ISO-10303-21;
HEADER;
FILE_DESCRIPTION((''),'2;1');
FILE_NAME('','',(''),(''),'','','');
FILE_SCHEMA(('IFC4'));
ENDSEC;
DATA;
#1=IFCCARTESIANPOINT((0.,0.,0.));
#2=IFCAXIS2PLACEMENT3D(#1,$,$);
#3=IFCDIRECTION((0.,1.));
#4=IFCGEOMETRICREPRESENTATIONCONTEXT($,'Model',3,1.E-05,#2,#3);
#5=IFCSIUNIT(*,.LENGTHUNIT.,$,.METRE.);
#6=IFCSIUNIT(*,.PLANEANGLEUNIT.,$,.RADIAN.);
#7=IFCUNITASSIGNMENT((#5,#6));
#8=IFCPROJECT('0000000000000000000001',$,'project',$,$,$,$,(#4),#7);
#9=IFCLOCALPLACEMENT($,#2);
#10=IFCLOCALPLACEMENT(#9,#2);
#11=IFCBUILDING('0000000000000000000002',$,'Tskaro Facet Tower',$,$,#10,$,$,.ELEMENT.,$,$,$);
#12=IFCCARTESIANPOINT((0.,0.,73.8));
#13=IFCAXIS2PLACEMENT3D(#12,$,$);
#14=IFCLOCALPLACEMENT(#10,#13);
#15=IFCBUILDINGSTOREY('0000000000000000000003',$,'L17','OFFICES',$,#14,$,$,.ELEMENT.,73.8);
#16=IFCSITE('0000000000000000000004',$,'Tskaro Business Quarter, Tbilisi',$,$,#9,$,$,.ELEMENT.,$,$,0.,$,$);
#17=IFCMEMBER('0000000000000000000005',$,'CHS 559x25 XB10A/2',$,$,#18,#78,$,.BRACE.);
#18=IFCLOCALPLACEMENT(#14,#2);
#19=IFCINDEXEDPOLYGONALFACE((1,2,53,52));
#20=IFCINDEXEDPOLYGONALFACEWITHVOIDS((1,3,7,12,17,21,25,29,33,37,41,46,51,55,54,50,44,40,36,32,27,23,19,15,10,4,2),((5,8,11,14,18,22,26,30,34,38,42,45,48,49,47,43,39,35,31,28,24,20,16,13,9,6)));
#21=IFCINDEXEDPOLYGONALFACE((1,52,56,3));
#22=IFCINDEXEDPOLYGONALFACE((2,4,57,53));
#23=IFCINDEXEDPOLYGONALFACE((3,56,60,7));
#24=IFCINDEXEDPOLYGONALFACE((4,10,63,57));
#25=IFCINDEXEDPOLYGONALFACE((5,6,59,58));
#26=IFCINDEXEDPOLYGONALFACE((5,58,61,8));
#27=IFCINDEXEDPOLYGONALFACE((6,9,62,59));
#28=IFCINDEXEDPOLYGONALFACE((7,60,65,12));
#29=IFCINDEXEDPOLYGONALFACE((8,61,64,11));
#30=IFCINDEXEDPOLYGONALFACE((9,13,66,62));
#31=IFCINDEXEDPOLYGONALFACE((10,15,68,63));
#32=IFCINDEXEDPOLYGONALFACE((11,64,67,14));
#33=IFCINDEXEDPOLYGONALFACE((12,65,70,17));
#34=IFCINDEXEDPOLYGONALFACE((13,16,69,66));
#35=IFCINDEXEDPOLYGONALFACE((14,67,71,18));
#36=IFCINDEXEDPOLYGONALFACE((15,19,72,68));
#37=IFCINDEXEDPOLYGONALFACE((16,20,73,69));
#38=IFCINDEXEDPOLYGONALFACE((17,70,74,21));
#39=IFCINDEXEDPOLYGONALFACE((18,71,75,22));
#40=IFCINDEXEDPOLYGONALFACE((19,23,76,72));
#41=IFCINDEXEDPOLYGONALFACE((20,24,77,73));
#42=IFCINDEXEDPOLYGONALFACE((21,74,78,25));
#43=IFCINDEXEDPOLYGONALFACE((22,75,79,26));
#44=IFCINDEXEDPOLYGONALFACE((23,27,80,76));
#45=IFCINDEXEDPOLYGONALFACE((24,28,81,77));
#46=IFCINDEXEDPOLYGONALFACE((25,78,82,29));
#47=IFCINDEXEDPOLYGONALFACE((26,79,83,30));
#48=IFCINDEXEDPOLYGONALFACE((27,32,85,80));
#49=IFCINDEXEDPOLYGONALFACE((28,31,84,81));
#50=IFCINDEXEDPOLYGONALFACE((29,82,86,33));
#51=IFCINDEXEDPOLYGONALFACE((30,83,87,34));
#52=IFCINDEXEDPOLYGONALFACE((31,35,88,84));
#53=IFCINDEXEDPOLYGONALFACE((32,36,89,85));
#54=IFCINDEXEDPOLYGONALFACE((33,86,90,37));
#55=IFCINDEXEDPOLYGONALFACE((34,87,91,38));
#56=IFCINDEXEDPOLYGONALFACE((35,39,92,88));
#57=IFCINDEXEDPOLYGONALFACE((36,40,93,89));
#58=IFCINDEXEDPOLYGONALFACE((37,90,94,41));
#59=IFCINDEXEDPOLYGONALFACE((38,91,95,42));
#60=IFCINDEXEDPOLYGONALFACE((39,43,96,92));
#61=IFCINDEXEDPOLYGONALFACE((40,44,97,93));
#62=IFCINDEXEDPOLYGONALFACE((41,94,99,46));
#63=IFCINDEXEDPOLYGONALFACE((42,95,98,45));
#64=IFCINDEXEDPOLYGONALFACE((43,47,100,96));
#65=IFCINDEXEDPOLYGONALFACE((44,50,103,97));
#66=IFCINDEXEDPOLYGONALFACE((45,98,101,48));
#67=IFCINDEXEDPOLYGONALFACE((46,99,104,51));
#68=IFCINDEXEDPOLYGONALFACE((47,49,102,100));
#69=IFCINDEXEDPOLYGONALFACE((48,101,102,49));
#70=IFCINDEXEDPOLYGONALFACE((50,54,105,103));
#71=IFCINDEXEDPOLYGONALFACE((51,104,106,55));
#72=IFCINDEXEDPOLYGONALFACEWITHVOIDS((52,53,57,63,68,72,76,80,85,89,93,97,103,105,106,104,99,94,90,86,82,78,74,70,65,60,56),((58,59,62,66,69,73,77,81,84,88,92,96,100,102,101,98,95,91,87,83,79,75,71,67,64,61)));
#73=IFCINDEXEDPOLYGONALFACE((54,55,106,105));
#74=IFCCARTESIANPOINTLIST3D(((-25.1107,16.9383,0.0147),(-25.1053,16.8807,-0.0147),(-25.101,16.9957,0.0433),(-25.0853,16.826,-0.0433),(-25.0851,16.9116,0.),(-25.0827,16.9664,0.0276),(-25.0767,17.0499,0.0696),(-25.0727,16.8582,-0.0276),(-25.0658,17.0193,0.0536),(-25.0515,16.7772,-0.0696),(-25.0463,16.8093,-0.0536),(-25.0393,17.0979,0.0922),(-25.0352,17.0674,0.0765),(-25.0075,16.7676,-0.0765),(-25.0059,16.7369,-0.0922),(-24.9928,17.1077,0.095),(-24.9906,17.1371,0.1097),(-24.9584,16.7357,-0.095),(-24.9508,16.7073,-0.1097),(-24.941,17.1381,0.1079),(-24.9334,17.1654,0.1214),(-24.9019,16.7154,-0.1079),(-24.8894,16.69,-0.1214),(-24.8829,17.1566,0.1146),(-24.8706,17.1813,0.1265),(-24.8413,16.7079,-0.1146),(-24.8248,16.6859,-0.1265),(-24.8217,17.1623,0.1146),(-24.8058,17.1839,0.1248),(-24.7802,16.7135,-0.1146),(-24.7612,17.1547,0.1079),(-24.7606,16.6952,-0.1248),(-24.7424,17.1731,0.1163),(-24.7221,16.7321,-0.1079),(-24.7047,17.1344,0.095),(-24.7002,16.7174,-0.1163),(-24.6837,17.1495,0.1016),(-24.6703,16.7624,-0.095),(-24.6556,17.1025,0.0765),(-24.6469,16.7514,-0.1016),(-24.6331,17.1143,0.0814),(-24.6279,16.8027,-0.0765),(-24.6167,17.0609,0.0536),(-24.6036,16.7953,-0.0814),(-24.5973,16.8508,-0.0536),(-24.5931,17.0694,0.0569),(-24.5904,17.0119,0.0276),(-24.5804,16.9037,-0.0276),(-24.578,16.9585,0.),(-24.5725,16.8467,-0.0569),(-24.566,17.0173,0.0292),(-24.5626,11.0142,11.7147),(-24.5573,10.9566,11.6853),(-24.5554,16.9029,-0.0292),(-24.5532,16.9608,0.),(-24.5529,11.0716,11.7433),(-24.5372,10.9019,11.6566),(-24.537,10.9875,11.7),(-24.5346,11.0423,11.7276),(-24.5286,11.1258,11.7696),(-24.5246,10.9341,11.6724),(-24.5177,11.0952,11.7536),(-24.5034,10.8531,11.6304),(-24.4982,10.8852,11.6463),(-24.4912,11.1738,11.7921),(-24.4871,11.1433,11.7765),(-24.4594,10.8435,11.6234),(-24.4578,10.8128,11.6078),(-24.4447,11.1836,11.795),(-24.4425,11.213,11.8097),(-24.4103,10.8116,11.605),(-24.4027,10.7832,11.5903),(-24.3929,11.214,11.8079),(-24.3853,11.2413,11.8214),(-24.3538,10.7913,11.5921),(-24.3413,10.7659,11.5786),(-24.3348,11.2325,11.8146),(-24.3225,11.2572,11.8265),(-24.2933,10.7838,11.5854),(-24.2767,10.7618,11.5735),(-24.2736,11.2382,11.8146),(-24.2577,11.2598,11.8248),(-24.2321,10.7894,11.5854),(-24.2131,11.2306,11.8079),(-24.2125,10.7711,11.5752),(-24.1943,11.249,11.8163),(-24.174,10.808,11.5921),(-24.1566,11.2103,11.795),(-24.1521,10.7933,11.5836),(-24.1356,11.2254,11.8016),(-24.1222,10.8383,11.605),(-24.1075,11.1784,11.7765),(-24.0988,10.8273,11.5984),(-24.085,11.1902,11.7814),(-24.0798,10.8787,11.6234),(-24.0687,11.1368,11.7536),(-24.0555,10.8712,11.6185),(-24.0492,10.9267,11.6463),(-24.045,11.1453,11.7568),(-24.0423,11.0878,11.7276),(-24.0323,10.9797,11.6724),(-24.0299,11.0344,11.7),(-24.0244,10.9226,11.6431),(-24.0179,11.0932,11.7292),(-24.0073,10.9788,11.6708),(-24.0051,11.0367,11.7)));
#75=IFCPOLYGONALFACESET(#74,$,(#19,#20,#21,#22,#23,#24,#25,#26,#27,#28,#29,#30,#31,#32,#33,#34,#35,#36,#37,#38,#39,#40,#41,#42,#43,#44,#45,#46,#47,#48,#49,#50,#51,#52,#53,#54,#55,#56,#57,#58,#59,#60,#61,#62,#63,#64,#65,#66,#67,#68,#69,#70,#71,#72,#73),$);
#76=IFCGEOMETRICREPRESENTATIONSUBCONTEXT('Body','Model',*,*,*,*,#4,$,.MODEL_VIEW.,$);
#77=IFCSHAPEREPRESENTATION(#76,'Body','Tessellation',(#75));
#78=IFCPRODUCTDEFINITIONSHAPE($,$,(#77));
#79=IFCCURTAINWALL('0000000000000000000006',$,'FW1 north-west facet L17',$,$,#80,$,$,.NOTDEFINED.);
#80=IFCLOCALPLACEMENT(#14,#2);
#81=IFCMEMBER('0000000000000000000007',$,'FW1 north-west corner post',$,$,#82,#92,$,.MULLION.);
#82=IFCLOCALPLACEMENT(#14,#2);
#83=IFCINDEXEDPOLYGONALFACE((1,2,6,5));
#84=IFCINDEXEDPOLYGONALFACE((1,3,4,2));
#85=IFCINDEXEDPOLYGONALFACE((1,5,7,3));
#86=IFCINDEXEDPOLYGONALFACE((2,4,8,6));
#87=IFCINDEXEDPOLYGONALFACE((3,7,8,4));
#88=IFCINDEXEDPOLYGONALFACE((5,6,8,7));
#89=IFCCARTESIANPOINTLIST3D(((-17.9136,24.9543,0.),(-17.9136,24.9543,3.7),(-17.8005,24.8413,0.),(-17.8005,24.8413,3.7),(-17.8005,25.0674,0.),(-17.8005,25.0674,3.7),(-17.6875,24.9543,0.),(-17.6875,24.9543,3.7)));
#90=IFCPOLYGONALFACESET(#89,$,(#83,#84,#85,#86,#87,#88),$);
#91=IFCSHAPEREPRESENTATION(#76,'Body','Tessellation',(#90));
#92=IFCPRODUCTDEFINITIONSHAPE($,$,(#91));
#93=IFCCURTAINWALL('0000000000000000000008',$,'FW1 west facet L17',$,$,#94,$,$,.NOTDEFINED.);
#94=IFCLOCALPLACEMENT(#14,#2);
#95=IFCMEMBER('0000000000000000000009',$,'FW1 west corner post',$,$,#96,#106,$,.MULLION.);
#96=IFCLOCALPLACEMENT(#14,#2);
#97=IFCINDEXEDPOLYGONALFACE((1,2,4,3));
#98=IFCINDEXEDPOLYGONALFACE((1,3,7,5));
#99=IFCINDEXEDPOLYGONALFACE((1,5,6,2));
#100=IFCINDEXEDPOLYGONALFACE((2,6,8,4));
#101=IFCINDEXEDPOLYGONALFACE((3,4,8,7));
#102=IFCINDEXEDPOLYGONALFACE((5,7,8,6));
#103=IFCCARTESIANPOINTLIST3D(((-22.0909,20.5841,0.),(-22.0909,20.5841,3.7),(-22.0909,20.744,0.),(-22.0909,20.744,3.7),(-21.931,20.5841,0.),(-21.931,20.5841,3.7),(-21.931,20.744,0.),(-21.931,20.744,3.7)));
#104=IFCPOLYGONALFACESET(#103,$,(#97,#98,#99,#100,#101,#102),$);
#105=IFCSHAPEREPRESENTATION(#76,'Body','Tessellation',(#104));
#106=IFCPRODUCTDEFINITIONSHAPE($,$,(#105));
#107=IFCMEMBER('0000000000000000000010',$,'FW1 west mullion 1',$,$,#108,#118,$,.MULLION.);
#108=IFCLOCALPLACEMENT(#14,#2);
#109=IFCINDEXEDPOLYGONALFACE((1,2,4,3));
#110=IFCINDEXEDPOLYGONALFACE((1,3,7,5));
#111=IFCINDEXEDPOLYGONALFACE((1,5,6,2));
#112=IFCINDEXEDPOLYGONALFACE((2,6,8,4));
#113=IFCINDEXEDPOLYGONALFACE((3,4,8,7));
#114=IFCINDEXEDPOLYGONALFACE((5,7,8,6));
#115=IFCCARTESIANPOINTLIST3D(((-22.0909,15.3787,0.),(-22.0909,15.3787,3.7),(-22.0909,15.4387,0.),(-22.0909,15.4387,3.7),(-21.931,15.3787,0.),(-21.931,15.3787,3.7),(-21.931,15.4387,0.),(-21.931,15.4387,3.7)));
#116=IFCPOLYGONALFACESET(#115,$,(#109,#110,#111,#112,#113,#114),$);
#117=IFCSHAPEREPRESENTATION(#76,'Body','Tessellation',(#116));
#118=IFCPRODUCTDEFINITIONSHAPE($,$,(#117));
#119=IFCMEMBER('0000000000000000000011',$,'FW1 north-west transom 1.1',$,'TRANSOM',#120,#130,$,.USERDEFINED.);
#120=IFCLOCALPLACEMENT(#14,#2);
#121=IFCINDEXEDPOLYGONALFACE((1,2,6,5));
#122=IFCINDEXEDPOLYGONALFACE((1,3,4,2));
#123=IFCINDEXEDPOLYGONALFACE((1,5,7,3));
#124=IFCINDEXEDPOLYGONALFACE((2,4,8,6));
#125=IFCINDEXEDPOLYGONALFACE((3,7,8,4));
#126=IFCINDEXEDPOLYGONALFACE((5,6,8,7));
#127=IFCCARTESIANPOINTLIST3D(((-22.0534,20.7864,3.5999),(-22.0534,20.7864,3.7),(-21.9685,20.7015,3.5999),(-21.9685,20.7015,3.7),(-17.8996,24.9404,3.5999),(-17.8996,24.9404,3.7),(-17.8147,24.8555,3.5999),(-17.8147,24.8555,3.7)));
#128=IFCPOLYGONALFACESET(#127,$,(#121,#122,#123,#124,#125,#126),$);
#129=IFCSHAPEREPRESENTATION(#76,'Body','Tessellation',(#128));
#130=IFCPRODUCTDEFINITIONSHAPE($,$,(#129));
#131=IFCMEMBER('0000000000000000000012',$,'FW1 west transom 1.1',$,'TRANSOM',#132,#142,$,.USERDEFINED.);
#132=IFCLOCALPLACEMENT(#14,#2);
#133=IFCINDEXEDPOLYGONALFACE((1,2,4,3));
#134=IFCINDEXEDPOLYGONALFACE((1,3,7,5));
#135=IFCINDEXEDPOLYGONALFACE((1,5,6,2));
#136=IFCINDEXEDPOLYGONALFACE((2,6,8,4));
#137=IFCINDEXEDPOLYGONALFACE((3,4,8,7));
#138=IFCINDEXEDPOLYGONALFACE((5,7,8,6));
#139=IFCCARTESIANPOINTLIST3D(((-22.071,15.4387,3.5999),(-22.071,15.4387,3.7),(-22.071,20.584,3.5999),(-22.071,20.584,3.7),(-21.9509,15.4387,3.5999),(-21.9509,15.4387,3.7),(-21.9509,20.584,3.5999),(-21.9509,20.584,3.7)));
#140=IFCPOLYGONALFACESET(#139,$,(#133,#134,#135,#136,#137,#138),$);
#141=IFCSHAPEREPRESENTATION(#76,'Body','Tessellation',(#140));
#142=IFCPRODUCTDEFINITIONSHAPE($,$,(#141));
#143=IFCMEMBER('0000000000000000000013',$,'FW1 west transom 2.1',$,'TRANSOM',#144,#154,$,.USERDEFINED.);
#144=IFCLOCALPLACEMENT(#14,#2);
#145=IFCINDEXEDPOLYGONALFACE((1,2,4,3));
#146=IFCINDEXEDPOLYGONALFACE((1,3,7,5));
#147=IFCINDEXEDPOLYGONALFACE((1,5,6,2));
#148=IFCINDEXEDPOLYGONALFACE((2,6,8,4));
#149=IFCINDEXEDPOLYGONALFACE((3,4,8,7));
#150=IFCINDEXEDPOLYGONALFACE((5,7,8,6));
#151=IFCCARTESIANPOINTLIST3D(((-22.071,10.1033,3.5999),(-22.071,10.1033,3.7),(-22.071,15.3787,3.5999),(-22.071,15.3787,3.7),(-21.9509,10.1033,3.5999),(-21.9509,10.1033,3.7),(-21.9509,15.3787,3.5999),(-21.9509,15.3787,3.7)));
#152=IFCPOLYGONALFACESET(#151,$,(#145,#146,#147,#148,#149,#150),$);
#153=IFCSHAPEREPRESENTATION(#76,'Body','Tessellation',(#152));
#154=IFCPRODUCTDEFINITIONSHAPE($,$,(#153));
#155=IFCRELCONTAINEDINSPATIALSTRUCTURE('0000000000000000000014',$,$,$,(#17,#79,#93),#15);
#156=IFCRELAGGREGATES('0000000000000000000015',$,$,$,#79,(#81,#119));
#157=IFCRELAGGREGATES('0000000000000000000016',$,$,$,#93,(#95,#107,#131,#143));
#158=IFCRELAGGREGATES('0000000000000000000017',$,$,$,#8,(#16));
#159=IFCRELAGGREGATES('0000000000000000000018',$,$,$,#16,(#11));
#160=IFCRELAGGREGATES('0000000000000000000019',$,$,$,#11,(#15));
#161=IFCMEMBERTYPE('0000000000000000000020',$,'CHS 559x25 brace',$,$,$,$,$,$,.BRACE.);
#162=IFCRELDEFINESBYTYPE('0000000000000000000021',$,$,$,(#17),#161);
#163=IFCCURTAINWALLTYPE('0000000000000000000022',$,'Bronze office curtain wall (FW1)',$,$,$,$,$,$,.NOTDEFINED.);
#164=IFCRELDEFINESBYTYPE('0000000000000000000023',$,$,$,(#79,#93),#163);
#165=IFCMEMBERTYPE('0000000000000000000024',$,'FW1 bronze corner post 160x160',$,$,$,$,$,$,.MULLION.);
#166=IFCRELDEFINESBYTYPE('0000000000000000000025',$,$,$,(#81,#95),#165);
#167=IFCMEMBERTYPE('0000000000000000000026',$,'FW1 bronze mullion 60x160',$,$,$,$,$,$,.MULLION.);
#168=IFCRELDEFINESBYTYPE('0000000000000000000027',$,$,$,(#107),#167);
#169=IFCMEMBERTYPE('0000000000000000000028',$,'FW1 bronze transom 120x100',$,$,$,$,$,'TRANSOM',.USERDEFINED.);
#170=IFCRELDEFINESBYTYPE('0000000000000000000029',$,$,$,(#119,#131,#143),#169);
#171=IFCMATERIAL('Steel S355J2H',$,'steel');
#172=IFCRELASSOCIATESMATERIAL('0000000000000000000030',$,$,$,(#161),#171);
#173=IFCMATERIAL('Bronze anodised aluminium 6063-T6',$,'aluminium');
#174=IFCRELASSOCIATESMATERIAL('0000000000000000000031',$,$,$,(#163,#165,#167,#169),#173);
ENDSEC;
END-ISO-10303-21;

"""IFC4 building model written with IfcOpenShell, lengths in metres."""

from ifc_helpers import new_model, si_unit, direction, frame, origin, origin_2d, place, context, subcontext, project, spatial, rectangle, hollow_circle, extrude, material, material_profile, profile_set, type_object, element, aggregate, save


model = new_model("IFC4")

# Units and contexts
model_context = context("Model", 3, precision=1e-05, world=origin(), true_north=direction((0.0, 1.0)))
body_context = subcontext(model_context, "Body", "Model", "MODEL_VIEW")
ifc_project = project(units=[si_unit("LENGTHUNIT", "METRE"), si_unit("PLANEANGLEUNIT", "RADIAN")], contexts=[model_context])

# Site, building, storey
site_placement = place(None, origin())
site = spatial("IfcSite", under=ifc_project, at=site_placement, Name="Tskaro Business Quarter, Tbilisi", CompositionType="ELEMENT", RefElevation=0.0)
building_placement = place(site_placement, origin())
building = spatial("IfcBuilding", under=site, at=building_placement, Name="Tskaro Facet Tower", CompositionType="ELEMENT")
storey_placement = place(building_placement, frame((0.0, 0.0, 73.8)))
storey = spatial("IfcBuildingStorey", under=building, at=storey_placement, Name="L17", Description="OFFICES", CompositionType="ELEMENT", Elevation=73.8)

# Shared definitions
ifc_material_1 = material(Name="Steel S355J2H", Category="steel")

# Member
ifc_material_profile_1 = material_profile(ifc_material_1, hollow_circle(Radius=0.2795, WallThickness=0.0249, at=origin_2d()), Name="CHS 559x25")
ifc_profile_set_1 = profile_set([ifc_material_profile_1], Name="Steel S355J2H")
member_type_1 = type_object("IfcMemberType", Name="CHS 559x25 brace", PredefinedType="BRACE", material=ifc_profile_set_1)
member_1_placement = place(storey_placement, frame((-24.8315, 16.9351, 0.0), z_axis=(0.041757, -0.451334, 0.891378), x_axis=(0.995747, 0.092127, 0.0)))
element("IfcMember", 1, at=member_1_placement, inside=storey, type_object=member_type_1, Name="CHS 559x25 XB10A/2", PredefinedType="BRACE", context=body_context, shape_type="SweptSolid", body=[
    extrude(hollow_circle(Radius=0.2795, WallThickness=0.0249, at=origin_2d()), origin(), (0.0, 0.0, 1.0), 13.1257),
])

# Curtain wall, member
ifc_material_2 = material(Name="Bronze anodised aluminium 6063-T6", Category="aluminium")
curtain_wall_type = type_object("IfcCurtainWallType", Name="Bronze office curtain wall (FW1)", PredefinedType="NOTDEFINED", material=ifc_material_2)
curtain_wall_1_placement = place(storey_placement, origin())
curtain_wall_1 = element("IfcCurtainWall", 2, at=curtain_wall_1_placement, inside=storey, type_object=curtain_wall_type, Name="FW1 north-west facet L17", PredefinedType="NOTDEFINED")
ifc_material_profile_2 = material_profile(ifc_material_2, rectangle(XDim=0.1599, YDim=0.1599, at=origin_2d()), Name="Corner post 160x160")
ifc_profile_set_2 = profile_set([ifc_material_profile_2], Name="Bronze anodised aluminium 6063-T6")
member_type_2 = type_object("IfcMemberType", Name="FW1 bronze corner post 160x160", PredefinedType="MULLION", material=ifc_profile_set_2)
member_2_placement = place(storey_placement, frame((-17.8005, 24.9543, 0.0), z_axis=(0.0, 0.0, 1.0), x_axis=(-0.707107, -0.707107, 0.0)))
member_2 = element("IfcMember", 3, at=member_2_placement, type_object=member_type_2, Name="FW1 north-west corner post", PredefinedType="MULLION", context=body_context, shape_type="SweptSolid", body=[
    extrude(rectangle(XDim=0.1599, YDim=0.1599, at=origin_2d()), origin(), (0.0, 0.0, 1.0), 3.7),
])

# Curtain wall, members
curtain_wall_2_placement = place(storey_placement, origin())
curtain_wall_2 = element("IfcCurtainWall", 4, at=curtain_wall_2_placement, inside=storey, type_object=curtain_wall_type, Name="FW1 west facet L17", PredefinedType="NOTDEFINED")
member_3_placement = place(storey_placement, frame((-22.011, 20.6641, 0.0), z_axis=(0.0, 0.0, 1.0), x_axis=(0.0, -1.0, 0.0)))
member_3 = element("IfcMember", 5, at=member_3_placement, type_object=member_type_2, Name="FW1 west corner post", PredefinedType="MULLION", context=body_context, shape_type="SweptSolid", body=[
    extrude(rectangle(XDim=0.1599, YDim=0.1599, at=origin_2d()), origin(), (0.0, 0.0, 1.0), 3.7),
])
ifc_material_profile_3 = material_profile(ifc_material_2, rectangle(XDim=0.0601, YDim=0.1599, at=origin_2d()), Name="Mullion 60x160")
ifc_profile_set_3 = profile_set([ifc_material_profile_3], Name="Bronze anodised aluminium 6063-T6")
member_type_3 = type_object("IfcMemberType", Name="FW1 bronze mullion 60x160", PredefinedType="MULLION", material=ifc_profile_set_3)
member_4_placement = place(storey_placement, frame((-22.011, 15.4087, 0.0), z_axis=(0.0, 0.0, 1.0), x_axis=(0.0, -1.0, 0.0)))
member_4 = element("IfcMember", 6, at=member_4_placement, type_object=member_type_3, Name="FW1 west mullion 1", PredefinedType="MULLION", context=body_context, shape_type="SweptSolid", body=[
    extrude(rectangle(XDim=0.0601, YDim=0.1599, at=origin_2d()), origin(), (0.0, 0.0, 1.0), 3.7),
])

# Members
ifc_material_profile_4 = material_profile(ifc_material_2, rectangle(XDim=0.1201, YDim=0.1001, at=origin_2d()), Name="Transom 120x100")
ifc_profile_set_4 = profile_set([ifc_material_profile_4], Name="Bronze anodised aluminium 6063-T6")
member_type_4 = type_object("IfcMemberType", Name="FW1 bronze transom 120x100", ElementType="TRANSOM", PredefinedType="USERDEFINED", material=ifc_profile_set_4)
member_5_placement = place(storey_placement, frame((-17.8572, 24.8979, 3.6499), z_axis=(-0.707086, -0.707128, 0.0), x_axis=(0.707128, -0.707086, 0.0)))
member_5 = element("IfcMember", 7, at=member_5_placement, type_object=member_type_4, Name="FW1 north-west transom 1.1", ObjectType="TRANSOM", PredefinedType="USERDEFINED", context=body_context, shape_type="SweptSolid", body=[
    extrude(rectangle(XDim=0.1201, YDim=0.1001, at=origin_2d()), origin(), (0.0, 0.0, 1.0), 5.8745),
])
member_6_placement = place(storey_placement, frame((-22.011, 20.584, 3.6499), z_axis=(0.0, -1.0, 0.0), x_axis=(1.0, 0.0, 0.0)))
member_6 = element("IfcMember", 8, at=member_6_placement, type_object=member_type_4, Name="FW1 west transom 1.1", ObjectType="TRANSOM", PredefinedType="USERDEFINED", context=body_context, shape_type="SweptSolid", body=[
    extrude(rectangle(XDim=0.1201, YDim=0.1001, at=origin_2d()), origin(), (0.0, 0.0, 1.0), 5.1453),
])
member_7_placement = place(storey_placement, frame((-22.011, 15.3787, 3.6499), z_axis=(0.0, -1.0, 0.0), x_axis=(1.0, 0.0, 0.0)))
member_7 = element("IfcMember", 9, at=member_7_placement, type_object=member_type_4, Name="FW1 west transom 2.1", ObjectType="TRANSOM", PredefinedType="USERDEFINED", context=body_context, shape_type="SweptSolid", body=[
    extrude(rectangle(XDim=0.1201, YDim=0.1001, at=origin_2d()), origin(), (0.0, 0.0, 1.0), 5.2754),
])

aggregate(curtain_wall_1, [member_2, member_5])
aggregate(curtain_wall_2, [member_3, member_4, member_6, member_7])

save(model, "model.ifc")
